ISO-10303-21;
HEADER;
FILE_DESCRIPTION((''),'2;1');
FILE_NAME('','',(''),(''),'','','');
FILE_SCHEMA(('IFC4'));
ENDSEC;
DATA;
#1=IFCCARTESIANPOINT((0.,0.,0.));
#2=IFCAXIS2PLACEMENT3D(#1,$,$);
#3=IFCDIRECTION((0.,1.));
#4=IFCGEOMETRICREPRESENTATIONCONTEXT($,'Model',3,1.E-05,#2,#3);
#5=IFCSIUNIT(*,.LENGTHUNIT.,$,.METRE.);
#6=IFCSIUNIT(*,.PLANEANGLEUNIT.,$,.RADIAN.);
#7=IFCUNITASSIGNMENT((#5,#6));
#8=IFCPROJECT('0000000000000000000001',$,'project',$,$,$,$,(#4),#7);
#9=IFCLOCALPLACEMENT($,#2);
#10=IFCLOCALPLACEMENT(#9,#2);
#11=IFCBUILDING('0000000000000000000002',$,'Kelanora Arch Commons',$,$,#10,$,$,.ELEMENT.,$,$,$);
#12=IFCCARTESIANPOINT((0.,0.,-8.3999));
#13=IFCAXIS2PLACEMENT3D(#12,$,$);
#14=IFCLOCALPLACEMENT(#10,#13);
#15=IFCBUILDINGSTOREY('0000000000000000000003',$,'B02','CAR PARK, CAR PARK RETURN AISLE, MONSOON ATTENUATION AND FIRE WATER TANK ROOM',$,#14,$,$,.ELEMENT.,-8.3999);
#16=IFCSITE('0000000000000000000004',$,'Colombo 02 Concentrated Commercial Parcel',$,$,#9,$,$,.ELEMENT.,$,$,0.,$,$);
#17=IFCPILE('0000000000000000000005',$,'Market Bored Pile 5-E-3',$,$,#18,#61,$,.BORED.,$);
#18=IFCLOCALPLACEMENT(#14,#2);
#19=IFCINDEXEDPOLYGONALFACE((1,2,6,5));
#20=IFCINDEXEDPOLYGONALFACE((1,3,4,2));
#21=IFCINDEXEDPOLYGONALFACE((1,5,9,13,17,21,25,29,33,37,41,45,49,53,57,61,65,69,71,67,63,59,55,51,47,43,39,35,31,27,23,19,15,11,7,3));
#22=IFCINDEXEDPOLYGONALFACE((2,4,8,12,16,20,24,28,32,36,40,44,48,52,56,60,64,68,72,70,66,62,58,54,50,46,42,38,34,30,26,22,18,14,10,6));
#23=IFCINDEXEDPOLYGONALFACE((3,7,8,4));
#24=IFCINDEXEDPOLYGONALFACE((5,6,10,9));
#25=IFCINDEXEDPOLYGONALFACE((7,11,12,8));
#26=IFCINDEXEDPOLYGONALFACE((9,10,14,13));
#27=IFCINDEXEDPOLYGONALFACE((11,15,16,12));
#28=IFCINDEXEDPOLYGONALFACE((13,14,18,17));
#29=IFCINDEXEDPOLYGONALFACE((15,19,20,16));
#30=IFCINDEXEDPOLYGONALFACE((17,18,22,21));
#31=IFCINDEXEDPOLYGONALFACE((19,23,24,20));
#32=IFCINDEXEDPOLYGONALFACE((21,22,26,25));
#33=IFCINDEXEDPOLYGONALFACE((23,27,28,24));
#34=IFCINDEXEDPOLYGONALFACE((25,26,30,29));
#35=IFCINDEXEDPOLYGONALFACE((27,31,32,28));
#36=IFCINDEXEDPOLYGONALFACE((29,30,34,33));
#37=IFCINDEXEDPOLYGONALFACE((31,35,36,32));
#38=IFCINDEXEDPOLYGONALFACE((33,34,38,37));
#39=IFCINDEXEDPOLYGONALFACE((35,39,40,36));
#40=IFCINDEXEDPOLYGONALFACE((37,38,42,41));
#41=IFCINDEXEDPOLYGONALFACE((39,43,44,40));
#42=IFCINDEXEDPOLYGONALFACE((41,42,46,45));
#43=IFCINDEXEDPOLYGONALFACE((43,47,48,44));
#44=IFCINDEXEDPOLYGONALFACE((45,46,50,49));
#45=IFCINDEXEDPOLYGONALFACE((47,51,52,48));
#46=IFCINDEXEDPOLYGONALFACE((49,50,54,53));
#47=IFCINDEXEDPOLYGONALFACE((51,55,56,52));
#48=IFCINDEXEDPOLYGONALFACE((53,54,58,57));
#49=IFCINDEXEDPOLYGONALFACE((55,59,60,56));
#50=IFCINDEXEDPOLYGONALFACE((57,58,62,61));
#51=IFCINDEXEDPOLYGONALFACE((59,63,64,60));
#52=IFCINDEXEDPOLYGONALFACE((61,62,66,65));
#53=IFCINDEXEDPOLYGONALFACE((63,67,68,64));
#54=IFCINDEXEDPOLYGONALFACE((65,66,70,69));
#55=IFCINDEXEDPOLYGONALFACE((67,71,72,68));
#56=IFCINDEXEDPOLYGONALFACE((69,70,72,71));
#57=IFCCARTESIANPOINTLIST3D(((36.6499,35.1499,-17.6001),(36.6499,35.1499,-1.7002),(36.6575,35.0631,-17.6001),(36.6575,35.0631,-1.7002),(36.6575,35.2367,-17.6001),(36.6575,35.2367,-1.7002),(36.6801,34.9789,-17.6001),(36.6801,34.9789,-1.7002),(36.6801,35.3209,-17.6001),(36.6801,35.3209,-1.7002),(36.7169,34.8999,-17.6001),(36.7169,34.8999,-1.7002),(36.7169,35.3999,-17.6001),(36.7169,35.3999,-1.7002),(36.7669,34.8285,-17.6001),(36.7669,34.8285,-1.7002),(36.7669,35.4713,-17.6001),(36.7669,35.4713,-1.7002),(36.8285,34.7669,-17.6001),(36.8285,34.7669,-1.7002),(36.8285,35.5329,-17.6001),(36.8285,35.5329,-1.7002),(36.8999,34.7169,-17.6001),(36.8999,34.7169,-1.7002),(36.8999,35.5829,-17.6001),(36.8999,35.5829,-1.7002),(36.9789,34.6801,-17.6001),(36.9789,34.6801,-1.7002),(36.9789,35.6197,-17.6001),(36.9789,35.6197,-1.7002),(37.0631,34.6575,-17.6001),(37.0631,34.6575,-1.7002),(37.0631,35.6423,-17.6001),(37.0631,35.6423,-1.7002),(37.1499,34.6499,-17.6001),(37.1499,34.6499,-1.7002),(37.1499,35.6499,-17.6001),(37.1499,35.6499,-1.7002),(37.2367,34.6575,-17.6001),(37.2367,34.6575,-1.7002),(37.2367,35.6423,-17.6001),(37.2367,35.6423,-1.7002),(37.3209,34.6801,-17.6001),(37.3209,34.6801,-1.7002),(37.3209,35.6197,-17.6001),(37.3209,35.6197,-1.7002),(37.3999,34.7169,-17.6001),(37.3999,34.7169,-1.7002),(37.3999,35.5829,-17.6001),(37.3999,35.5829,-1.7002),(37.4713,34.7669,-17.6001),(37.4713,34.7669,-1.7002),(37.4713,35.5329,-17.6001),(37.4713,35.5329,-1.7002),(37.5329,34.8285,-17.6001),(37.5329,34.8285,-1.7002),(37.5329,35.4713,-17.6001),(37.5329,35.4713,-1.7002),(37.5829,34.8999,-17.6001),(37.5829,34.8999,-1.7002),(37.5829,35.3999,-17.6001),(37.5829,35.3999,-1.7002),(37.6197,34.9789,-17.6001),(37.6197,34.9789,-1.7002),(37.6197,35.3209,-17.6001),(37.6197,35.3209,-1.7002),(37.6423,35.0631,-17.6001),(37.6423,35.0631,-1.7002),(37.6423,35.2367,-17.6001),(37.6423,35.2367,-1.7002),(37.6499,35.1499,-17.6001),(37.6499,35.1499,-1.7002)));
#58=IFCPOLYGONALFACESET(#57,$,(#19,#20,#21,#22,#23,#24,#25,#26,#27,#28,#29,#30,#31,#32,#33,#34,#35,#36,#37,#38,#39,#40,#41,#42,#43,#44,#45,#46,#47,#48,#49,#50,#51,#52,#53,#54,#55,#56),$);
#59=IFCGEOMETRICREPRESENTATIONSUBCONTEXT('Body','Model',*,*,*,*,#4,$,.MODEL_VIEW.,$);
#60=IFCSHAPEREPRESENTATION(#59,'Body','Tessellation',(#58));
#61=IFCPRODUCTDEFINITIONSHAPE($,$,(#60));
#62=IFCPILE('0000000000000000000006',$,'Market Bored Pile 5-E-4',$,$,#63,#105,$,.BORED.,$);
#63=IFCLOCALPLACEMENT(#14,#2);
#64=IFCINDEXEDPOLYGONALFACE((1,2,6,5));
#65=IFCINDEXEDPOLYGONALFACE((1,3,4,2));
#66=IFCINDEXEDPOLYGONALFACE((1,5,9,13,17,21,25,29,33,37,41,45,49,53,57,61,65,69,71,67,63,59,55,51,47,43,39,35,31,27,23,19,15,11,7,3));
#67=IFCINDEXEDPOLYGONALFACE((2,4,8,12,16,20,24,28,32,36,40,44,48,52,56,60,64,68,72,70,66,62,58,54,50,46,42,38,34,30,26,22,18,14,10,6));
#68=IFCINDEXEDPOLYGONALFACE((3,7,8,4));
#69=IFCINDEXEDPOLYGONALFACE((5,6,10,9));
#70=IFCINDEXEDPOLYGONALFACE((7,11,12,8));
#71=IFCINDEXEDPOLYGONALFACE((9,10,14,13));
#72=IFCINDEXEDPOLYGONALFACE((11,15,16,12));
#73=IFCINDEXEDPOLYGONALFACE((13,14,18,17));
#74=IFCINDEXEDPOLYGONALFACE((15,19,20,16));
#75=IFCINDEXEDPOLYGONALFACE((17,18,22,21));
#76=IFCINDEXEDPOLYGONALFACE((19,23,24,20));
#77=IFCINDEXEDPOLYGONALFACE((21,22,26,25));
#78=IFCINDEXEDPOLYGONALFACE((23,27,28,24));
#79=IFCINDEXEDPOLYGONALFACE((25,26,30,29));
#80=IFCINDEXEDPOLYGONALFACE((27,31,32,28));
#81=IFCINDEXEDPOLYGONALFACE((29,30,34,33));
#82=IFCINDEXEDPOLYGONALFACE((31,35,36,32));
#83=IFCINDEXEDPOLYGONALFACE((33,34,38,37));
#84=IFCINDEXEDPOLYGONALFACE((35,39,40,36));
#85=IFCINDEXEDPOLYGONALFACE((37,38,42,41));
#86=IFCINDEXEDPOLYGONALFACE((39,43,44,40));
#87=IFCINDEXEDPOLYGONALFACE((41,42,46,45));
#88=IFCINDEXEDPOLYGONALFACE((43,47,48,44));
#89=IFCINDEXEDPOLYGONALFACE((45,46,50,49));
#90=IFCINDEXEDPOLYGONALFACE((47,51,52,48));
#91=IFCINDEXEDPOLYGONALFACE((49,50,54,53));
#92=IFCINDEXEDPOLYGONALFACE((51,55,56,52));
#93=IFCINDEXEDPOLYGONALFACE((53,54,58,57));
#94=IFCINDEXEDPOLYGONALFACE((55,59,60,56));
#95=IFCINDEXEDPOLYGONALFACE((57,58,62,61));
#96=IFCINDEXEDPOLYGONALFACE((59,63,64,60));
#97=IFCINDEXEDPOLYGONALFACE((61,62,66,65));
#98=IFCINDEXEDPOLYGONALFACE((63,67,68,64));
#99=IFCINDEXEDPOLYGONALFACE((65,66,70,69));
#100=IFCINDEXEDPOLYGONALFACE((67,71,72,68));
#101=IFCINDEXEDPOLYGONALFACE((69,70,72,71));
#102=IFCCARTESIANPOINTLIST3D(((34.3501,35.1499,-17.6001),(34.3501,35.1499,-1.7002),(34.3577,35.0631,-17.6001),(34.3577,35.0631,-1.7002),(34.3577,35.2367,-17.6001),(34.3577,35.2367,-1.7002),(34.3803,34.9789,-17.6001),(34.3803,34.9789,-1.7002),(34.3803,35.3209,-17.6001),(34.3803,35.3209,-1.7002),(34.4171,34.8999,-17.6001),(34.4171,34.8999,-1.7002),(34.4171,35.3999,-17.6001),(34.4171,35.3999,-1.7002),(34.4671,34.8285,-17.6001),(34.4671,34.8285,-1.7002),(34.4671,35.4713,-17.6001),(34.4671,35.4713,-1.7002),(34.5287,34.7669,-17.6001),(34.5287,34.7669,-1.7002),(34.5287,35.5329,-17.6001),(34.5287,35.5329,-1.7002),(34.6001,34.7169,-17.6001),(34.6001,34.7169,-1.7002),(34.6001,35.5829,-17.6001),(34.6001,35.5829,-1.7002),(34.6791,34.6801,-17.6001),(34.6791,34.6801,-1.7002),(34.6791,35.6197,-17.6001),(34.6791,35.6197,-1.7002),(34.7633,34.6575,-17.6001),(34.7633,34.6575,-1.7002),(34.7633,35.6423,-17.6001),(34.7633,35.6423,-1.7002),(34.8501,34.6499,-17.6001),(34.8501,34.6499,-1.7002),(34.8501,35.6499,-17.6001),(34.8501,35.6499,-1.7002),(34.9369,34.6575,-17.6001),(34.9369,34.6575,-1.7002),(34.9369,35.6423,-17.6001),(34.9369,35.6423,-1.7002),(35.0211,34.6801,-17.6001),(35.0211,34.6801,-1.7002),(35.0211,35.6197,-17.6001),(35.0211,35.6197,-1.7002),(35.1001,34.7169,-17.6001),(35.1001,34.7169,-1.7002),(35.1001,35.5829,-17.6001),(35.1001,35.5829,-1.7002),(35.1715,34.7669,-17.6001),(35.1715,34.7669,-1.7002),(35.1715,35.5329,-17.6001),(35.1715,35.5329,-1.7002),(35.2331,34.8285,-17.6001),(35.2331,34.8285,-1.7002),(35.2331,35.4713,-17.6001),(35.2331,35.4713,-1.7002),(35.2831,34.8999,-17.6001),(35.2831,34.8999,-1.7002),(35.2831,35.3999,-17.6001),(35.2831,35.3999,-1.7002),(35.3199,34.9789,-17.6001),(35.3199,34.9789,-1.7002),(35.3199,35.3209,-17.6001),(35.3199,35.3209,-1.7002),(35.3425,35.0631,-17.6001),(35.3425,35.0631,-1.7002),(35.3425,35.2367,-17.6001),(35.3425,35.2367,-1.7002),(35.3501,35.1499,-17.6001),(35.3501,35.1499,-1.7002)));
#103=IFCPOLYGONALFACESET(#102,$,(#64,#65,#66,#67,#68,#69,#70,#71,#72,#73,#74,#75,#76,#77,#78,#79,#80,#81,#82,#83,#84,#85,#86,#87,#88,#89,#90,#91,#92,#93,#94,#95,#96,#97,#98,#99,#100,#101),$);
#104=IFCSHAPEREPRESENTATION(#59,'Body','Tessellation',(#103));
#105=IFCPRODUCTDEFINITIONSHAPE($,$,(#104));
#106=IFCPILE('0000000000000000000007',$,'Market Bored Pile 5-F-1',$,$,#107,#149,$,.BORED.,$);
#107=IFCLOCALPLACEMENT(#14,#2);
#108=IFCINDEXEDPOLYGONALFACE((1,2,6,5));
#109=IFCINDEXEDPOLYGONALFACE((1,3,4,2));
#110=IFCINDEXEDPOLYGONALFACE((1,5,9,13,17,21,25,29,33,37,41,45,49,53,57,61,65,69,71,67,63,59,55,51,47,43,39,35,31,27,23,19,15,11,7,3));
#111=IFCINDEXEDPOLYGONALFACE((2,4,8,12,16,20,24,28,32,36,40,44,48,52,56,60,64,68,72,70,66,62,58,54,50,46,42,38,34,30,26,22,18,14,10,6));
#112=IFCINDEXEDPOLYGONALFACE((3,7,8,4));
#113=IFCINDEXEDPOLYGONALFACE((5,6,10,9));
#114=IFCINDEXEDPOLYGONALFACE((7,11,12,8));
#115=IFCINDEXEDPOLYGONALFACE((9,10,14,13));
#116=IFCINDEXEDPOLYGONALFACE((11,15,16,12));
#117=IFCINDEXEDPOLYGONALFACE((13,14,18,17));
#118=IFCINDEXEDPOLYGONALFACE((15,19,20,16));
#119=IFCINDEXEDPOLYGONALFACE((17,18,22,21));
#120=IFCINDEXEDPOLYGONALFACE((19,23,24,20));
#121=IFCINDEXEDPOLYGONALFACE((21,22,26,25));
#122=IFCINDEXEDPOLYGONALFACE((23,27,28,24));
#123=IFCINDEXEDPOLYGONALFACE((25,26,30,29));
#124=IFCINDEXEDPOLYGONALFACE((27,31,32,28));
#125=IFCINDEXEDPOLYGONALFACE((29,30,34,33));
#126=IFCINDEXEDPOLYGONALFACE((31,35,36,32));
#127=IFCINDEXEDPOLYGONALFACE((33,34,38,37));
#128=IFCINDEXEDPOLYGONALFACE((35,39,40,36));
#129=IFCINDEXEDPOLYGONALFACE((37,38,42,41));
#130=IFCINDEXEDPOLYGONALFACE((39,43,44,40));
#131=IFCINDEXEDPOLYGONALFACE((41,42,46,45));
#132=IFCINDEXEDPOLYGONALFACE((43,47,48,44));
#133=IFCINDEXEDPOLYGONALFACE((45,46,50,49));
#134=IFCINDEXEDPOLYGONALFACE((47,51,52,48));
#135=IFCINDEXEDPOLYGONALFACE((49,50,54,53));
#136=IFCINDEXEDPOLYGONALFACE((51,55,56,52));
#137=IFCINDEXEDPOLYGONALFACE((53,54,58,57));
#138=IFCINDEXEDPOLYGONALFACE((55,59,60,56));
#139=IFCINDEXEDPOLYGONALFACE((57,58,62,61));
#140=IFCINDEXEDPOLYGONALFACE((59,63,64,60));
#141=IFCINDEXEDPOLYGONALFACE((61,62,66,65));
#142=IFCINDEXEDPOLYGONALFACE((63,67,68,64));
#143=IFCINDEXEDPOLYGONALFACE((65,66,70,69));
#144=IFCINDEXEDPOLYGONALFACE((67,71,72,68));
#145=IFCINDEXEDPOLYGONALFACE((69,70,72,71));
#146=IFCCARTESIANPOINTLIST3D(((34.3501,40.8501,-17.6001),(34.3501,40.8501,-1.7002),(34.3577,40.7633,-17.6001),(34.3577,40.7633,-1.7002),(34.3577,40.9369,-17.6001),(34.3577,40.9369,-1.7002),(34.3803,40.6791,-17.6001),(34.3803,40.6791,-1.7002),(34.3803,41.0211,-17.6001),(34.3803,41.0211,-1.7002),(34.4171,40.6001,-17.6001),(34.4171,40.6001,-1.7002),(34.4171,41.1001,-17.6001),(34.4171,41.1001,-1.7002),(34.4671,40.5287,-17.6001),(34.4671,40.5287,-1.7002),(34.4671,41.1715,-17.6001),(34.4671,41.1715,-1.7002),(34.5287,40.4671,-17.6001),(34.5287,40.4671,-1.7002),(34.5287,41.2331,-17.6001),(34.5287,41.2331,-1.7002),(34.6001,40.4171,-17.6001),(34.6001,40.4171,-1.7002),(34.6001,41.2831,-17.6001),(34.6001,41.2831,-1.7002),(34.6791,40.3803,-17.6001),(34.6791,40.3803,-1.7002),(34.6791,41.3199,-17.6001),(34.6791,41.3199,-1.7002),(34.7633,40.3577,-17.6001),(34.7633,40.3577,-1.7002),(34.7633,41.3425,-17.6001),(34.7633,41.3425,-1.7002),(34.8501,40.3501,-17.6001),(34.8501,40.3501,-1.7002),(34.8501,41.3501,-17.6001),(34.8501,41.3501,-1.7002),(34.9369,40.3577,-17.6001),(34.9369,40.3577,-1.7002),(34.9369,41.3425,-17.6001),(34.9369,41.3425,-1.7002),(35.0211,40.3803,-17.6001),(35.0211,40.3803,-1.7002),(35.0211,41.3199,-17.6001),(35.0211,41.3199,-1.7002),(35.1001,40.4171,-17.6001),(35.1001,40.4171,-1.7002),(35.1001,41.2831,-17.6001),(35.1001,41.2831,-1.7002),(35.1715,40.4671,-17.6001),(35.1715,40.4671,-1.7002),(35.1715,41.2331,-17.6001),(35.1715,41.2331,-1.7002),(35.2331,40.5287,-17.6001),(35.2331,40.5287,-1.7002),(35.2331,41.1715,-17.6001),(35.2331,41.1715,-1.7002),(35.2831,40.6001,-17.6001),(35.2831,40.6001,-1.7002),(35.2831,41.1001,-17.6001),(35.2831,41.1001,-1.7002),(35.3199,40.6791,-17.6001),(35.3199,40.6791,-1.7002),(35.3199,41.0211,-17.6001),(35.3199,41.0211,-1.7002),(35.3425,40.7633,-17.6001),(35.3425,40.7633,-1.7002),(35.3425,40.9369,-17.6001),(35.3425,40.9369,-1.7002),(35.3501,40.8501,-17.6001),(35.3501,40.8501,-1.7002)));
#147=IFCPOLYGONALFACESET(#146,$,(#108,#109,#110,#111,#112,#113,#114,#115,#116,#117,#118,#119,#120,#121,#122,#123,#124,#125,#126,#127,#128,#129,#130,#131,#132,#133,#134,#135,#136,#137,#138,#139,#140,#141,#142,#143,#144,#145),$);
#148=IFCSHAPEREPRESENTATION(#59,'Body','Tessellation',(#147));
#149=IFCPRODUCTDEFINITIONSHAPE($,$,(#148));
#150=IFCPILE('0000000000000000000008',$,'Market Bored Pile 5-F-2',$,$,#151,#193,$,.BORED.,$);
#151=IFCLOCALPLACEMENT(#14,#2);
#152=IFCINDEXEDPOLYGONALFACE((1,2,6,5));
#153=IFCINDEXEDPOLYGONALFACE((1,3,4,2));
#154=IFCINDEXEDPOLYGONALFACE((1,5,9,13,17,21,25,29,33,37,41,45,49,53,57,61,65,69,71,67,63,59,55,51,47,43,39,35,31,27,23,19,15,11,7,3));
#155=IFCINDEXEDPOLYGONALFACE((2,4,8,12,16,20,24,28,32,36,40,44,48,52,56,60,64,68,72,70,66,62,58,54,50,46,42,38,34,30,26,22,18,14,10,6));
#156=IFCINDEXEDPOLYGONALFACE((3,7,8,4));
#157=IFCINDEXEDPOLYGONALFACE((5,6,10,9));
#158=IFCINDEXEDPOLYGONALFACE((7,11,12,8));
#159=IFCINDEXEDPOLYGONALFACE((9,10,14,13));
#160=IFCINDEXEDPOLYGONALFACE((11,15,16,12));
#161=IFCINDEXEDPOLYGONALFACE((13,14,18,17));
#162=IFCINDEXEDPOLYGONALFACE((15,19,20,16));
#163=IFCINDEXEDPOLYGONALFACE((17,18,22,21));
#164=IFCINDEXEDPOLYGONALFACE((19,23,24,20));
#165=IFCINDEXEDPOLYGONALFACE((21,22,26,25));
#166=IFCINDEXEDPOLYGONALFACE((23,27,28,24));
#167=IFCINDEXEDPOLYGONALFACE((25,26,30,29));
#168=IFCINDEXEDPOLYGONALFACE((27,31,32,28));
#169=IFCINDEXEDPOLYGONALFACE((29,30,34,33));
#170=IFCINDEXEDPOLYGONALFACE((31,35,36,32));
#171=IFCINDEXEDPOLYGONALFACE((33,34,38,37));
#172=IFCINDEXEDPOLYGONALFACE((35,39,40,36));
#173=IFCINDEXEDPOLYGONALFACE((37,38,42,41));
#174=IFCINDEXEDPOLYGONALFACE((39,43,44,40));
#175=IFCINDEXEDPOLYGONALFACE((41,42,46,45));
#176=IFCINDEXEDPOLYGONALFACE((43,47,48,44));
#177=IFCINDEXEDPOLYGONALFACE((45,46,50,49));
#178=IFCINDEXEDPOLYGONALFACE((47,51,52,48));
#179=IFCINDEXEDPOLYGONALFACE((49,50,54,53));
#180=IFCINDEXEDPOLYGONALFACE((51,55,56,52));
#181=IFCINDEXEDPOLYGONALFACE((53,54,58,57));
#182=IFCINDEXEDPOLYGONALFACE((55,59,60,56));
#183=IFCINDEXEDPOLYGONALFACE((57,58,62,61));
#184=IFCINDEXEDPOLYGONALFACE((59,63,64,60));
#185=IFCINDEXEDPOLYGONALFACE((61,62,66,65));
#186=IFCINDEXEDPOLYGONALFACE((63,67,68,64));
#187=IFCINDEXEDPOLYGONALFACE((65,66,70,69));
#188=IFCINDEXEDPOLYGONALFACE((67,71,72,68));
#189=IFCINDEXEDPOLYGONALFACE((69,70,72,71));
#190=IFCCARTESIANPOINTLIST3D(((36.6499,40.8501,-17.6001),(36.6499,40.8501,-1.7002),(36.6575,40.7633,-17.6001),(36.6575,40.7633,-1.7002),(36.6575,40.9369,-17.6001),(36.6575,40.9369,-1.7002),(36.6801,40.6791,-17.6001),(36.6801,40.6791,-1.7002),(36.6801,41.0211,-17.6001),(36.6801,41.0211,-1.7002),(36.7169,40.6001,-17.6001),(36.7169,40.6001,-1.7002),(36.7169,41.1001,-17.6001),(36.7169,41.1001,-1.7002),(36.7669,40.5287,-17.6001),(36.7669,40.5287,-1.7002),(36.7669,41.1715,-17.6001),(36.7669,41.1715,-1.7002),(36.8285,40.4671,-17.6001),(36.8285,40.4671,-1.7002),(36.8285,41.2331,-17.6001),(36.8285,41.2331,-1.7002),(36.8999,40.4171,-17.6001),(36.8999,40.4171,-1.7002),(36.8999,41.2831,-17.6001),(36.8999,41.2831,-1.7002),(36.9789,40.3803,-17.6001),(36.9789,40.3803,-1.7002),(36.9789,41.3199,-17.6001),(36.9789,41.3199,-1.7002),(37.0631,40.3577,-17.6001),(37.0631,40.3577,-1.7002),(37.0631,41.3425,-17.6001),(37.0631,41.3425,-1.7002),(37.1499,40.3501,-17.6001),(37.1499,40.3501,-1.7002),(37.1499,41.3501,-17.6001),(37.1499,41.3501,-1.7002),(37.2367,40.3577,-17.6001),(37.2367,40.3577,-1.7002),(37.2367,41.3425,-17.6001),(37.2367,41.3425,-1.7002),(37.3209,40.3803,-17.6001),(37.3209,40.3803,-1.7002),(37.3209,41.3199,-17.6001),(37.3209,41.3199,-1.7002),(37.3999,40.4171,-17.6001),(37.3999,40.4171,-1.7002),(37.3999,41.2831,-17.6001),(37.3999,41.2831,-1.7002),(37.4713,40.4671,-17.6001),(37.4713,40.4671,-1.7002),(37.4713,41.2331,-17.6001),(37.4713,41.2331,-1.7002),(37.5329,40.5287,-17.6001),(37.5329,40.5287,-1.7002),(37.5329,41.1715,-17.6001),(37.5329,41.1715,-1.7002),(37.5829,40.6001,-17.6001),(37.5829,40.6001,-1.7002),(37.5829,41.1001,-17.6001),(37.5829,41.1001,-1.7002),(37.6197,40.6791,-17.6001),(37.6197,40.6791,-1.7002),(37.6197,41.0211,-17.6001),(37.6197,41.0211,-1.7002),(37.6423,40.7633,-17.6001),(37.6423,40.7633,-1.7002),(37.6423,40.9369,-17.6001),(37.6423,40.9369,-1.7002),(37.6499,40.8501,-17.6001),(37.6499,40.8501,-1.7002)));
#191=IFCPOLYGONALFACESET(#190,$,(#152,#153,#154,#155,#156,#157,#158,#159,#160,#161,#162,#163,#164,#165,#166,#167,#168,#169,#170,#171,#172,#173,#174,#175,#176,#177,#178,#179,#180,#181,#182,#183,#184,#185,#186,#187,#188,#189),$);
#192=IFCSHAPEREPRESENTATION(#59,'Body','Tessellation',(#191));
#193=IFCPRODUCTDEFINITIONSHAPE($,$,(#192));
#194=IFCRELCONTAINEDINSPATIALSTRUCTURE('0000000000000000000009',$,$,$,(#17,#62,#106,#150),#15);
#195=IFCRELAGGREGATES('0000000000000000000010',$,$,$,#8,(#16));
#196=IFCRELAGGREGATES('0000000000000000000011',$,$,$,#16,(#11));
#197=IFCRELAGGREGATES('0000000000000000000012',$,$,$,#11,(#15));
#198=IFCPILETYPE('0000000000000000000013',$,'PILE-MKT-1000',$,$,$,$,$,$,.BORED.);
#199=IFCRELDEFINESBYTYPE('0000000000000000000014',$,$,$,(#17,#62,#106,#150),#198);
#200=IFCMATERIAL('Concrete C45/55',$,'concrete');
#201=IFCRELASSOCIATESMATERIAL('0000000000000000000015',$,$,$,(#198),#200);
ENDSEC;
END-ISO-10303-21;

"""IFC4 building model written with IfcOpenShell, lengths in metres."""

from ifc_helpers import new_model, si_unit, direction, frame, origin, origin_2d, place, context, subcontext, project, spatial, circle, extrude, source, transform, mapped, material, material_profile, profile_set, type_object, element, save


model = new_model("IFC4")

# Units and contexts
model_context = context("Model", 3, precision=1e-05, world=origin(), true_north=direction((0.0, 1.0)))
body_context = subcontext(model_context, "Body", "Model", "MODEL_VIEW")
ifc_project = project(units=[si_unit("LENGTHUNIT", "METRE"), si_unit("PLANEANGLEUNIT", "RADIAN")], contexts=[model_context])

# Site, building, storey
site_placement = place(None, origin())
site = spatial("IfcSite", under=ifc_project, at=site_placement, Name="Colombo 02 Concentrated Commercial Parcel", CompositionType="ELEMENT", RefElevation=0.0)
building_placement = place(site_placement, origin())
building = spatial("IfcBuilding", under=site, at=building_placement, Name="Kelanora Arch Commons", CompositionType="ELEMENT")
storey_placement = place(building_placement, frame((0.0, 0.0, -8.3999)))
storey = spatial("IfcBuildingStorey", under=building, at=storey_placement, Name="B02", Description="CAR PARK, CAR PARK RETURN AISLE, MONSOON ATTENUATION AND FIRE WATER TANK ROOM", CompositionType="ELEMENT", Elevation=-8.3999)

# Piles
ifc_material_1 = material(Name="Concrete C45/55", Category="concrete")
ifc_material_profile_1 = material_profile(ifc_material_1, circle(Radius=0.5, at=origin_2d()), Name="PILE1000")
ifc_profile_set_1 = profile_set([ifc_material_profile_1], Name="Concrete C45/55")
pile_type = type_object("IfcPileType", Name="PILE-MKT-1000", PredefinedType="BORED", material=ifc_profile_set_1)
shared_shape_1 = source(origin(), body_context, "Body", "SweptSolid", [
    extrude(circle(Radius=0.5, at=origin_2d()), origin(), (0.0, 0.0, 1.0), 15.8999),
])
for number, where, z_axis, x_axis, name in (
    (1, (37.1499, 35.1499, -1.7002), (0.0, 0.0, -1.0), (1.0, 0.0, 0.0), "Market Bored Pile 5-E-3"),
    (2, (34.8501, 35.1499, -1.7002), (0.0, 0.0, -1.0), (1.0, 0.0, 0.0), "Market Bored Pile 5-E-4"),
    (3, (34.8501, 40.8501, -1.7002), (0.0, 0.0, -1.0), (1.0, 0.0, 0.0), "Market Bored Pile 5-F-1"),
    (4, (37.1499, 40.8501, -1.7002), (0.0, 0.0, -1.0), (1.0, 0.0, 0.0), "Market Bored Pile 5-F-2"),
):
    element("IfcPile", number, at=place(storey_placement, frame(where, z_axis=z_axis, x_axis=x_axis)), inside=storey, type_object=pile_type, Name=name, PredefinedType="BORED", context=body_context, shape_type="MappedRepresentation", body=[
        mapped(shared_shape_1, transform((0.0, 0.0, 0.0), scale=1.0)),
    ])

save(model, "model.ifc")
